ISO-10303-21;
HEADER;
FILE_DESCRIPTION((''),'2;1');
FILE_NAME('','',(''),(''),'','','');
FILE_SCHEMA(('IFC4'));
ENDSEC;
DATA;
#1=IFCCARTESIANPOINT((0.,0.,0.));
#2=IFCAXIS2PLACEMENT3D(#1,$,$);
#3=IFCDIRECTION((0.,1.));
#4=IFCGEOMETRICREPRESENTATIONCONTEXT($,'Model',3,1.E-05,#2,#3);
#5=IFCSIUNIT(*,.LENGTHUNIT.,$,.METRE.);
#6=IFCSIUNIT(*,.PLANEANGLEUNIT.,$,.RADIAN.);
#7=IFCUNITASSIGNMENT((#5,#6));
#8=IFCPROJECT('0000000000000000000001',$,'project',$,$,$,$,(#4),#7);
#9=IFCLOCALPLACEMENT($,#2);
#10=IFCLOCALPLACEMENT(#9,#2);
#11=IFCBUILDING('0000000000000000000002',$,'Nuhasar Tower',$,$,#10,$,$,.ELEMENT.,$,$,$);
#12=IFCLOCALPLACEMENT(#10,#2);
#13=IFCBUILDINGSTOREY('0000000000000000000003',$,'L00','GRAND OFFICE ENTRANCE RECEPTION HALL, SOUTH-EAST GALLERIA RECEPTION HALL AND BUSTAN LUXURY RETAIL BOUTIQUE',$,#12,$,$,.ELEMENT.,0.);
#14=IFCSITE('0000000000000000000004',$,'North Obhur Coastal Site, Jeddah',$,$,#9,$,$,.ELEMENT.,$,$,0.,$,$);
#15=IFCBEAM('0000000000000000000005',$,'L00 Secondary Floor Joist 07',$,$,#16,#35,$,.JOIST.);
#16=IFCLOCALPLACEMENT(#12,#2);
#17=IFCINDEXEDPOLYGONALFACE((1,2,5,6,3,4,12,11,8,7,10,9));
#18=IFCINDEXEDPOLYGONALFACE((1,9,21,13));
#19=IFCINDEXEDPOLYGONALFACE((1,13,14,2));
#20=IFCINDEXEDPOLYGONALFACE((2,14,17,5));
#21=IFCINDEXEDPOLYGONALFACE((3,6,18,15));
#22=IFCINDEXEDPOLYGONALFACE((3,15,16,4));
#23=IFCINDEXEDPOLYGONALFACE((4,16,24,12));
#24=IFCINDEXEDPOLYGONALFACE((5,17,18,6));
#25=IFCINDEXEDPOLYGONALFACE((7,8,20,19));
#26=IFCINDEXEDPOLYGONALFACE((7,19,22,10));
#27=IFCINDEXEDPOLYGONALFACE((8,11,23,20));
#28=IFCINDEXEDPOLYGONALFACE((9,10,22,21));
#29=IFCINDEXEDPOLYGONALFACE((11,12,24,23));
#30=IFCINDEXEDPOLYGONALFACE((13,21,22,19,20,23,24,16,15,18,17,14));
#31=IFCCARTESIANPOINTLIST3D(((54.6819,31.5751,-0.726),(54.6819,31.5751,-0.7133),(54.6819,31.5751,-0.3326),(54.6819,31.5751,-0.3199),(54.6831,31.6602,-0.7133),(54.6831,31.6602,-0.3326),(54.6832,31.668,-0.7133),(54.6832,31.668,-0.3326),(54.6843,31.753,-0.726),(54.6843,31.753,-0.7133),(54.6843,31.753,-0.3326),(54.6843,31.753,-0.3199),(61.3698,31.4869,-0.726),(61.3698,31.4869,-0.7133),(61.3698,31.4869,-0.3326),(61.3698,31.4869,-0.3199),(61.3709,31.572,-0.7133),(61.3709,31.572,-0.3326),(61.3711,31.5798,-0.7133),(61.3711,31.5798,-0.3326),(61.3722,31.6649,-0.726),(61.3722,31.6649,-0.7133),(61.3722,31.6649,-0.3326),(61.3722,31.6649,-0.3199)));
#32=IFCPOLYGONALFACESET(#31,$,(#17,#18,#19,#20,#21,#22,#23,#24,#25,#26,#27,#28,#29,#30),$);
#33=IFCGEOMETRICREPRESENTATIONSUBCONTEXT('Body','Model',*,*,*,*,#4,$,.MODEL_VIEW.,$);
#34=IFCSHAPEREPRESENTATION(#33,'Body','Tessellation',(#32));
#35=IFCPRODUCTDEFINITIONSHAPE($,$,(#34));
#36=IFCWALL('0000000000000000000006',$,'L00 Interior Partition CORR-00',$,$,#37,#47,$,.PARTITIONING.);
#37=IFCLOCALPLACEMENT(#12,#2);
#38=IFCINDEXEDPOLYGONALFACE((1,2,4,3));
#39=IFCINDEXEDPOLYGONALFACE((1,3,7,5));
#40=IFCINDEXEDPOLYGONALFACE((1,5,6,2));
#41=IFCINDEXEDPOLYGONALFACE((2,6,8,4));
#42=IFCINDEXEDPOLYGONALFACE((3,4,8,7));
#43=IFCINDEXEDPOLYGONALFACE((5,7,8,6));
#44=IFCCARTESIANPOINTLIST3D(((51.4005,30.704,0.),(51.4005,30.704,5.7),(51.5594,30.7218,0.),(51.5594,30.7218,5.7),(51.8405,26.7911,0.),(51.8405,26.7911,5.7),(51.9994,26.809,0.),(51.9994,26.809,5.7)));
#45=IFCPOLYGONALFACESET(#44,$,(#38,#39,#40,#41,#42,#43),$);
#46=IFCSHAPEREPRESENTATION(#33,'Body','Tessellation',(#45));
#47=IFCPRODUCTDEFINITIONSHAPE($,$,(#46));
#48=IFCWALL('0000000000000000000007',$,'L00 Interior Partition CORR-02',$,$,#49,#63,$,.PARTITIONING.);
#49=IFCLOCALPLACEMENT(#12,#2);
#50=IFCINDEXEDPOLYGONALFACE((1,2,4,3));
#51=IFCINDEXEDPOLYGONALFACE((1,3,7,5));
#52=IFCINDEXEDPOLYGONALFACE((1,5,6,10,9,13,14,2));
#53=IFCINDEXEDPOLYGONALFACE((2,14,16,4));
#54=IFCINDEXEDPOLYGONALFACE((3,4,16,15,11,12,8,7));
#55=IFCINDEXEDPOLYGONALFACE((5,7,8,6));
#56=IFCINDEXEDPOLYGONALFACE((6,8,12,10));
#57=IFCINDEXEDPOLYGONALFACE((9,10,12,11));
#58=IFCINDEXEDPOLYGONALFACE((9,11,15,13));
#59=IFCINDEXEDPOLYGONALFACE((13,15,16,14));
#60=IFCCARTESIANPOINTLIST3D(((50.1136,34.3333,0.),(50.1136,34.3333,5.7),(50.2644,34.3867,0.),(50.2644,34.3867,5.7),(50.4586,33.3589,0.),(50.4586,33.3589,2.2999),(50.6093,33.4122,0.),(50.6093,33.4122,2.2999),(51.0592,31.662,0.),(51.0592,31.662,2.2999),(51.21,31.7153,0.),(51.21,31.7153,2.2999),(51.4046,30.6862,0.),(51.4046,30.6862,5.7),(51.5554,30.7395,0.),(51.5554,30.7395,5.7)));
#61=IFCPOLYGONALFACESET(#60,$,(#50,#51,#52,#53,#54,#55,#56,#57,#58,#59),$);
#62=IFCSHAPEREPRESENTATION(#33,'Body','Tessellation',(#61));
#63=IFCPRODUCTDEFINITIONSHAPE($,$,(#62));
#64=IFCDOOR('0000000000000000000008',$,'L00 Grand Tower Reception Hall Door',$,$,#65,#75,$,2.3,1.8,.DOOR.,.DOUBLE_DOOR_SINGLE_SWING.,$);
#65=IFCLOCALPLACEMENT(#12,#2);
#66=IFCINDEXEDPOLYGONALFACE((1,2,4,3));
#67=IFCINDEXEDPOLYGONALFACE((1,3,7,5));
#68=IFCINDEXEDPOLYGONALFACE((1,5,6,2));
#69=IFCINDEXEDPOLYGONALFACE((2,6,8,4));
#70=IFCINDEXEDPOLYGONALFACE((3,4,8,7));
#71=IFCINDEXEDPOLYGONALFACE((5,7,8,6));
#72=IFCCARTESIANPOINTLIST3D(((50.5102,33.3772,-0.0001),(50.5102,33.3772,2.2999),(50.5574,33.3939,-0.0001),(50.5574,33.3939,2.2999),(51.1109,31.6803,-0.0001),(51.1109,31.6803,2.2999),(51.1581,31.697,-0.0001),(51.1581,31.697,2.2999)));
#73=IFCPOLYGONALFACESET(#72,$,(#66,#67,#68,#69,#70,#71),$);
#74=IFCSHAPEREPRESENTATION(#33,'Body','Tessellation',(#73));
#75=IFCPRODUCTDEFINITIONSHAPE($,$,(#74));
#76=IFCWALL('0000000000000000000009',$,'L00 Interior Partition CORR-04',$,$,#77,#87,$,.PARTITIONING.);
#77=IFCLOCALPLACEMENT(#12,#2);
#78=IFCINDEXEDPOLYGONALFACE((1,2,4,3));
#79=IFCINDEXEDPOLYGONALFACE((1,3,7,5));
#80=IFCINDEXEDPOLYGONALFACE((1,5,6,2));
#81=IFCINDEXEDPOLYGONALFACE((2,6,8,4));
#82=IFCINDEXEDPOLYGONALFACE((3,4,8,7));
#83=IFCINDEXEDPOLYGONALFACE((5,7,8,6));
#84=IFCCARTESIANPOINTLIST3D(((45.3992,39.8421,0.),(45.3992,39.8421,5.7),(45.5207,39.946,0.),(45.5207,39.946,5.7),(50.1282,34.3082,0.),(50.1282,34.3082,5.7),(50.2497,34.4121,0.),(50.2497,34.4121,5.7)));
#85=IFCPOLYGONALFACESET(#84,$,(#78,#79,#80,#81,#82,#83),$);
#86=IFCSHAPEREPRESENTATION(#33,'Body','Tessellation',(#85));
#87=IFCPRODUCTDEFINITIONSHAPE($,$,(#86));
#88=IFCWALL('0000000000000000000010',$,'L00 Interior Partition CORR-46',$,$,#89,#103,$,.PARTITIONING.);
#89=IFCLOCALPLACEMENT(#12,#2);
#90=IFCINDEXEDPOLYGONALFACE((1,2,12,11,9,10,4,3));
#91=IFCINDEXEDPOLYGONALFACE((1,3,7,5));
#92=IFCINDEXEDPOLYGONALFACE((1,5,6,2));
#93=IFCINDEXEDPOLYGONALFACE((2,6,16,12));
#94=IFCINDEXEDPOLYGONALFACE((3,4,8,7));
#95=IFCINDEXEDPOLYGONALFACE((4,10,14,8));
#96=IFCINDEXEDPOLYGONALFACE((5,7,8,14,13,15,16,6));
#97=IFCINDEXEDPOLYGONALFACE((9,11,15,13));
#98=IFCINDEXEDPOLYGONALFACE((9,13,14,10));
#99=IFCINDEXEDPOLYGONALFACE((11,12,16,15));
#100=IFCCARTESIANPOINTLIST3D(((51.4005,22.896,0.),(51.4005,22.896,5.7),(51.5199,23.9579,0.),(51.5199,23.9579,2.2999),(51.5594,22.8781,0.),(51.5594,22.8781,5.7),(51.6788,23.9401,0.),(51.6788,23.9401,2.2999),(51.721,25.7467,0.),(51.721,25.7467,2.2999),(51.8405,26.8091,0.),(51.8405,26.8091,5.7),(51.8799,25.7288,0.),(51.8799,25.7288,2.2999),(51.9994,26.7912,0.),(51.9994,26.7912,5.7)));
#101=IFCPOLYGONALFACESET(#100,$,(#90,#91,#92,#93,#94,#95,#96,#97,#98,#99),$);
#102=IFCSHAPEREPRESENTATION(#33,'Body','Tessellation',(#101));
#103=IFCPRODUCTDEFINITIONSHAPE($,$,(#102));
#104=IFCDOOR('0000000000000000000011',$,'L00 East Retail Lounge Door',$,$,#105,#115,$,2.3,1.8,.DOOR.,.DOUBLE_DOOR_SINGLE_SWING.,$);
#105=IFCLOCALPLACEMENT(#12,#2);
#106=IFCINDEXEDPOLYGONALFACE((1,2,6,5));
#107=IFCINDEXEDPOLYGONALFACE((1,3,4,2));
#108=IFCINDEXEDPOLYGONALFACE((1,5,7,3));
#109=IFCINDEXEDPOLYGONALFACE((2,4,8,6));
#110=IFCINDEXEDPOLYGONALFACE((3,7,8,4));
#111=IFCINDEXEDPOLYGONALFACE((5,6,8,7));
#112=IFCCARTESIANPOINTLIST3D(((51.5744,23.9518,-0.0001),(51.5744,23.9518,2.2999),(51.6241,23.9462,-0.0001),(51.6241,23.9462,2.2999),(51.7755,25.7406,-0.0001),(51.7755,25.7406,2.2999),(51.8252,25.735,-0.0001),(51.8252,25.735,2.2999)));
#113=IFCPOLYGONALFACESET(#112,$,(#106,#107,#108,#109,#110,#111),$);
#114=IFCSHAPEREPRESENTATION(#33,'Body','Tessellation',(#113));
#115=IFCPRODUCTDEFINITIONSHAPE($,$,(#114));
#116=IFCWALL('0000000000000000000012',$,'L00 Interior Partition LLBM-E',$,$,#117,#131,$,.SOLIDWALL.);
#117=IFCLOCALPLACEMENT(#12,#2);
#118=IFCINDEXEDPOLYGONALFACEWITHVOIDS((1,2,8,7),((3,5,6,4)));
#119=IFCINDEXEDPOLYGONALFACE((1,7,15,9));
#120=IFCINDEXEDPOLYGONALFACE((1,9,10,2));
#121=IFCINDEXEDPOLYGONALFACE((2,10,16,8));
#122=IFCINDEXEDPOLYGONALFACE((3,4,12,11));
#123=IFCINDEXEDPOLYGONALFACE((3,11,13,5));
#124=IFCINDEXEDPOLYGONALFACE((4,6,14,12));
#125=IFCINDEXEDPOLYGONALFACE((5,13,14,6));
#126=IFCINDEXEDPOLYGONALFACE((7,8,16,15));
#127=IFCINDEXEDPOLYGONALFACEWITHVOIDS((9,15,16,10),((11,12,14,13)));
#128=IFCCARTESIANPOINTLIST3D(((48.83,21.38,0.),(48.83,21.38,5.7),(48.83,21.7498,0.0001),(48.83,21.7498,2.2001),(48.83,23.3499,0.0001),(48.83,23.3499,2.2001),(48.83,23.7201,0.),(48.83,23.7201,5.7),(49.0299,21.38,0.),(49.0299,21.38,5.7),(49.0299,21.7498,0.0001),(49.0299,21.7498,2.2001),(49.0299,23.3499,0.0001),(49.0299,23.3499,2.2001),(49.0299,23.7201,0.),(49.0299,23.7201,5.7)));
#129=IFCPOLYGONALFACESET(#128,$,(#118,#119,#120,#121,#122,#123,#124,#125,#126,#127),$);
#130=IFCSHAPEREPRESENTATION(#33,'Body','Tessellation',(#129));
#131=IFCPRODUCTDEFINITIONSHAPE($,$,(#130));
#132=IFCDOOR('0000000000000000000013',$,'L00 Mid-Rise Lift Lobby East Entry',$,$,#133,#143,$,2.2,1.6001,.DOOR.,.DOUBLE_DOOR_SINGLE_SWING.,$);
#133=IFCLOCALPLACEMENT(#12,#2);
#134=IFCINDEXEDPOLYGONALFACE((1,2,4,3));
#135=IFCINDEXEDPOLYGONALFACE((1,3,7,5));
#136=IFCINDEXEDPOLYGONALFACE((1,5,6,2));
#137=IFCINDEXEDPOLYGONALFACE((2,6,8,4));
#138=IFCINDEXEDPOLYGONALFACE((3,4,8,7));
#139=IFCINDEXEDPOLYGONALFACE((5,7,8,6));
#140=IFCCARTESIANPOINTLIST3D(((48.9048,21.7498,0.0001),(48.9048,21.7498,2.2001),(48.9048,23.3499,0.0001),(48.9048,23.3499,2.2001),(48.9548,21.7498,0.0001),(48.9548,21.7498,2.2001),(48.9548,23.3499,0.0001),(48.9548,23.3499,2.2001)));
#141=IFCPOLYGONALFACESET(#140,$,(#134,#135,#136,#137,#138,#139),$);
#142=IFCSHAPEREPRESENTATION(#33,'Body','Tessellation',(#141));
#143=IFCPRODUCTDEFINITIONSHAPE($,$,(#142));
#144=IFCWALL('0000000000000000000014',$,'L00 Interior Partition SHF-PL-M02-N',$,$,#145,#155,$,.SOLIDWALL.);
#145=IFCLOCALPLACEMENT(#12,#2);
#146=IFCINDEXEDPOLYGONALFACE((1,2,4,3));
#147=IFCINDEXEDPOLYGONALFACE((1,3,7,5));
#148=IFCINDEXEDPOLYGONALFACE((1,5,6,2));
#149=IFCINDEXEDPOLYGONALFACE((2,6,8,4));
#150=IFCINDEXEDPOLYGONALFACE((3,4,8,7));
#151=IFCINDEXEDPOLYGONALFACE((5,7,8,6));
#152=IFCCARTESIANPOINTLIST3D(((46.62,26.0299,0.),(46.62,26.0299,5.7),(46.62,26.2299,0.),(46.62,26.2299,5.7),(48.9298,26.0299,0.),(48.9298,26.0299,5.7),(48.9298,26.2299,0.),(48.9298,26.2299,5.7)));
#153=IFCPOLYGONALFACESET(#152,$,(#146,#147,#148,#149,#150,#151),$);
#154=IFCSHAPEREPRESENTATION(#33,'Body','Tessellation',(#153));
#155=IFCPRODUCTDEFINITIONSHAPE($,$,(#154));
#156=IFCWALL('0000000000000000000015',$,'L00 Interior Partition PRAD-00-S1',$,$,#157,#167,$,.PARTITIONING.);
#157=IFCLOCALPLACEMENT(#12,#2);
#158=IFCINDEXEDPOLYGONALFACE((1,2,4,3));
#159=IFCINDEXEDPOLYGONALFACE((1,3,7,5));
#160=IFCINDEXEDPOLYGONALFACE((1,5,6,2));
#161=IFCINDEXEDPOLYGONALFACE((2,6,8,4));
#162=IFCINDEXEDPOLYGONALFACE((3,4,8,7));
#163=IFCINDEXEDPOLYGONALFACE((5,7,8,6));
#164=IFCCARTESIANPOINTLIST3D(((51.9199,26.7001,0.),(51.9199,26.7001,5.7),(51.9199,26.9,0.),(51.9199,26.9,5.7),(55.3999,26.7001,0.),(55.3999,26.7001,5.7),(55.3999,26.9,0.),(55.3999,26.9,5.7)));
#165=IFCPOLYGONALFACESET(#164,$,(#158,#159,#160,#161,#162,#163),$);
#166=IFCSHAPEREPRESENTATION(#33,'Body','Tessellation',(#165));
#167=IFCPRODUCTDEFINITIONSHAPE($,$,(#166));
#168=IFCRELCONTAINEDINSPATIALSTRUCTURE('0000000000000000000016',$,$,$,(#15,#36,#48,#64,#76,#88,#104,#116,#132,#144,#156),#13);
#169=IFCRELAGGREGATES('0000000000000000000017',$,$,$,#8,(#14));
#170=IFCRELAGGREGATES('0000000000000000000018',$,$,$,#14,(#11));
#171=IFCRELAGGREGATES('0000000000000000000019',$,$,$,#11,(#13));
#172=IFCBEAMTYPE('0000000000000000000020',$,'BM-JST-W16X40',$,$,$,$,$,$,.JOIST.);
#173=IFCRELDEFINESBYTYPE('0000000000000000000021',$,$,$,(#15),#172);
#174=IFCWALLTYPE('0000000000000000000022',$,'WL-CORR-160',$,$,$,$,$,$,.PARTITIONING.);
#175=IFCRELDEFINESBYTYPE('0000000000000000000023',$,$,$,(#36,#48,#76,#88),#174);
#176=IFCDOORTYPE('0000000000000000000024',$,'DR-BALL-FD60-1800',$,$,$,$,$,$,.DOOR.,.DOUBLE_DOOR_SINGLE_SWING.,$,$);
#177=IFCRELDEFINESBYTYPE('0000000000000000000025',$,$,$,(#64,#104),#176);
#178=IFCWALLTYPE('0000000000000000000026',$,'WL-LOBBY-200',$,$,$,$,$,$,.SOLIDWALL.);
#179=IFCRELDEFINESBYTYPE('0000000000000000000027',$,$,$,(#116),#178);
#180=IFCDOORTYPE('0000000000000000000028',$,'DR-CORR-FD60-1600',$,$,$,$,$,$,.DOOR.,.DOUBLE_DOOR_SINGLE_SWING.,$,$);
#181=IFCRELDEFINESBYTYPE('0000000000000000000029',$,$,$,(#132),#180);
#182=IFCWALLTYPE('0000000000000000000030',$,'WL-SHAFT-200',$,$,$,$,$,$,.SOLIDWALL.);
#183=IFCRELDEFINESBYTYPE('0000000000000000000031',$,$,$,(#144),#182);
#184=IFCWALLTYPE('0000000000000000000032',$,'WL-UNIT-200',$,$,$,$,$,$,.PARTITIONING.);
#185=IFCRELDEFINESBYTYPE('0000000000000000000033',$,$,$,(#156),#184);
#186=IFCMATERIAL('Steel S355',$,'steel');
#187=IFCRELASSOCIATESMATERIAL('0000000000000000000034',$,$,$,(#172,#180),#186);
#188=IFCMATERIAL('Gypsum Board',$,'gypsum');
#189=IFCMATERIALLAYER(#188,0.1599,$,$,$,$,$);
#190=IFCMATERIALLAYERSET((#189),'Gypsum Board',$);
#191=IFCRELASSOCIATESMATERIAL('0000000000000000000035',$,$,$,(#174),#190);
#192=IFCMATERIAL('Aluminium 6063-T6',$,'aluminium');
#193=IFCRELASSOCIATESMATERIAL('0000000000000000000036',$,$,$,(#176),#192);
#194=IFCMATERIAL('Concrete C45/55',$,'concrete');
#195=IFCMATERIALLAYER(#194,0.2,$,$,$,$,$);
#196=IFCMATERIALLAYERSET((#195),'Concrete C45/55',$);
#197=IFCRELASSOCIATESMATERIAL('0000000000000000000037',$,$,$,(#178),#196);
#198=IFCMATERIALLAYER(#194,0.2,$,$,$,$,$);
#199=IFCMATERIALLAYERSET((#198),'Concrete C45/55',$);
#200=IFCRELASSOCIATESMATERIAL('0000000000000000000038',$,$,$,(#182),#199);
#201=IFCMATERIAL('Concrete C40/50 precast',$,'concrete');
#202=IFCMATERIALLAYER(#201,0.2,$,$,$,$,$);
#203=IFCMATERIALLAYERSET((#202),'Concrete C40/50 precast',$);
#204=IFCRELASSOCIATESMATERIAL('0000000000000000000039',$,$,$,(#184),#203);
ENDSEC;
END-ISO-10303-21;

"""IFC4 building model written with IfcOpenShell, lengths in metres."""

from ifc_helpers import new_model, si_unit, direction, frame, frame_2d, origin, origin_2d, place, context, subcontext, project, spatial, rectangle, i_section, extrude, material, layer, layer_set, material_profile, profile_set, type_object, element, fill, save


model = new_model("IFC4")

# Units and contexts
model_context = context("Model", 3, precision=1e-05, world=origin(), true_north=direction((0.0, 1.0)))
body_context = subcontext(model_context, "Body", "Model", "MODEL_VIEW")
ifc_project = project(units=[si_unit("LENGTHUNIT", "METRE"), si_unit("PLANEANGLEUNIT", "RADIAN")], contexts=[model_context])

# Site, building, storey
site_placement = place(None, origin())
site = spatial("IfcSite", under=ifc_project, at=site_placement, Name="North Obhur Coastal Site, Jeddah", CompositionType="ELEMENT", RefElevation=0.0)
building_placement = place(site_placement, origin())
building = spatial("IfcBuilding", under=site, at=building_placement, Name="Nuhasar Tower", CompositionType="ELEMENT")
storey_placement = place(building_placement, origin())
storey = spatial("IfcBuildingStorey", under=building, at=storey_placement, Name="L00", Description="GRAND OFFICE ENTRANCE RECEPTION HALL, SOUTH-EAST GALLERIA RECEPTION HALL AND BUSTAN LUXURY RETAIL BOUTIQUE", CompositionType="ELEMENT", Elevation=0.0)

# Beam
ifc_material_1 = material(Name="Steel S355", Category="steel")
ifc_material_profile = material_profile(ifc_material_1, i_section(OverallWidth=0.178, OverallDepth=0.406, WebThickness=0.0078, FlangeThickness=0.0127, at=origin_2d()), Name="W16X40")
ifc_profile_set = profile_set([ifc_material_profile], Name="Steel S355")
beam_type = type_object("IfcBeamType", Name="BM-JST-W16X40", PredefinedType="JOIST", material=ifc_profile_set)
beam_placement = place(storey_placement, frame((54.6831, 31.6641, -0.5229), z_axis=(0.999913, -0.013177, 0.0), x_axis=(0.013177, 0.999913, 0.0)))
element("IfcBeam", 1, at=beam_placement, inside=storey, type_object=beam_type, Name="L00 Secondary Floor Joist 07", PredefinedType="JOIST", context=body_context, shape_type="SweptSolid", body=[
    extrude(i_section(OverallWidth=0.178, OverallDepth=0.406, WebThickness=0.0078, FlangeThickness=0.0127, at=origin_2d()), origin(), (0.0, 0.0, 1.0), 6.6885),
])

# Wall
ifc_material_2 = material(Name="Gypsum Board", Category="gypsum")
ifc_layer_1 = layer(ifc_material_2, 0.1599)
ifc_layer_set_1 = layer_set([ifc_layer_1], Name="Gypsum Board")
wall_type_1 = type_object("IfcWallType", Name="WL-CORR-160", PredefinedType="PARTITIONING", material=ifc_layer_set_1)
wall_1_placement = place(storey_placement, frame((51.9199, 26.8, 0.0), z_axis=(0.0, 0.0, 1.0), x_axis=(-0.111731, 0.993738, 0.0)))
element("IfcWall", 2, at=wall_1_placement, inside=storey, type_object=wall_type_1, Name="L00 Interior Partition CORR-00", PredefinedType="PARTITIONING", context=body_context, shape_type="SweptSolid", body=[
    extrude(rectangle(XDim=3.9375, YDim=0.1599, at=frame_2d((1.9688, 0.0))), origin(), (0.0, 0.0, 1.0), 5.7),
])

# Wall, opening, door
wall_2_placement = place(storey_placement, frame((50.189, 34.3601, 0.0), z_axis=(0.0, 0.0, 1.0), x_axis=(0.333685, -0.942685, 0.0)))
wall_2 = element("IfcWall", 3, at=wall_2_placement, inside=storey, type_object=wall_type_1, Name="L00 Interior Partition CORR-02", PredefinedType="PARTITIONING", context=body_context, shape_type="SweptSolid", body=[
    extrude(rectangle(XDim=3.8689, YDim=0.1599, at=frame_2d((1.9346, 0.0))), origin(), (0.0, 0.0, 1.0), 5.7),
])
opening_1_placement = place(wall_2_placement, frame((1.0339, 0.0, 0.0)))
opening_1 = element("IfcOpeningElement", 4, at=opening_1_placement, cuts=wall_2, PredefinedType="OPENING", context=body_context, shape_type="SweptSolid", body=[
    extrude(rectangle(XDim=1.8, YDim=2.3, at=frame_2d((0.8999, 1.1499))), frame((0.0, 0.0898, 0.0), z_axis=(0.0, -1.0, 0.0), x_axis=(1.0, 0.0, 0.0)), (0.0, 0.0, 1.0), 0.1799),
])
ifc_material_3 = material(Name="Aluminium 6063-T6", Category="aluminium")
door_type_1 = type_object("IfcDoorType", Name="DR-BALL-FD60-1800", OperationType="DOUBLE_DOOR_SINGLE_SWING", PredefinedType="DOOR", material=ifc_material_3)
door_1_placement = place(opening_1_placement, origin())
door_1 = element("IfcDoor", 5, at=door_1_placement, inside=storey, type_object=door_type_1, Name="L00 Grand Tower Reception Hall Door", OperationType="DOUBLE_DOOR_SINGLE_SWING", OverallHeight=2.3, OverallWidth=1.8, PredefinedType="DOOR", context=body_context, shape_type="SweptSolid", body=[
    extrude(rectangle(XDim=1.8, YDim=2.3, at=frame_2d((0.8999, 1.1499))), frame((0.0, 0.0249, 0.0), z_axis=(0.0, -1.0, 0.0), x_axis=(1.0, 0.0, 0.0)), (0.0, 0.0, 1.0), 0.05),
])
fill(opening_1, door_1)

# Wall
wall_3_placement = place(storey_placement, frame((50.189, 34.3601, 0.0), z_axis=(0.0, 0.0, 1.0), x_axis=(-0.649653, 0.760231, 0.0)))
element("IfcWall", 6, at=wall_3_placement, inside=storey, type_object=wall_type_1, Name="L00 Interior Partition CORR-04", PredefinedType="PARTITIONING", context=body_context, shape_type="SweptSolid", body=[
    extrude(rectangle(XDim=7.2793, YDim=0.1599, at=frame_2d((3.6396, 0.0))), origin(), (0.0, 0.0, 1.0), 5.7),
])

# Walls, openings, doors
wall_4_placement = place(storey_placement, frame((51.9199, 26.8, 0.0), z_axis=(0.0, 0.0, 1.0), x_axis=(-0.111724, -0.993739, 0.0)))
wall_4 = element("IfcWall", 7, at=wall_4_placement, inside=storey, type_object=wall_type_1, Name="L00 Interior Partition CORR-46", PredefinedType="PARTITIONING", context=body_context, shape_type="SweptSolid", body=[
    extrude(rectangle(XDim=3.9377, YDim=0.1599, at=frame_2d((1.9688, 0.0))), origin(), (0.0, 0.0, 1.0), 5.7),
])
opening_2_placement = place(wall_4_placement, frame((1.0691, 0.0, 0.0)))
opening_2 = element("IfcOpeningElement", 8, at=opening_2_placement, cuts=wall_4, PredefinedType="OPENING", context=body_context, shape_type="SweptSolid", body=[
    extrude(rectangle(XDim=1.8, YDim=2.3, at=frame_2d((0.8999, 1.1499))), frame((0.0, 0.0898, 0.0), z_axis=(0.0, -1.0, 0.0), x_axis=(1.0, 0.0, 0.0)), (0.0, 0.0, 1.0), 0.1799),
])
door_2_placement = place(opening_2_placement, origin())
door_2 = element("IfcDoor", 9, at=door_2_placement, inside=storey, type_object=door_type_1, Name="L00 East Retail Lounge Door", OperationType="DOUBLE_DOOR_SINGLE_SWING", OverallHeight=2.3, OverallWidth=1.8, PredefinedType="DOOR", context=body_context, shape_type="SweptSolid", body=[
    extrude(rectangle(XDim=1.8, YDim=2.3, at=frame_2d((0.8999, 1.1499))), frame((0.0, 0.0249, 0.0), z_axis=(0.0, -1.0, 0.0), x_axis=(1.0, 0.0, 0.0)), (0.0, 0.0, 1.0), 0.05),
])
fill(opening_2, door_2)
ifc_material_4 = material(Name="Concrete C45/55", Category="concrete")
ifc_layer_2 = layer(ifc_material_4, 0.2)
ifc_layer_set_2 = layer_set([ifc_layer_2], Name="Concrete C45/55")
wall_type_2 = type_object("IfcWallType", Name="WL-LOBBY-200", PredefinedType="SOLIDWALL", material=ifc_layer_set_2)
wall_5_placement = place(storey_placement, frame((48.9299, 23.72, 0.0), z_axis=(0.0, 0.0, 1.0), x_axis=(0.0, -1.0, 0.0)))
wall_5 = element("IfcWall", 10, at=wall_5_placement, inside=storey, type_object=wall_type_2, Name="L00 Interior Partition LLBM-E", PredefinedType="SOLIDWALL", context=body_context, shape_type="SweptSolid", body=[
    extrude(rectangle(XDim=2.3401, YDim=0.2, at=frame_2d((1.1699, 0.0))), origin(), (0.0, 0.0, 1.0), 5.7),
])
opening_3_placement = place(wall_5_placement, frame((0.3701, 0.0, 0.0)))
opening_3 = element("IfcOpeningElement", 11, at=opening_3_placement, cuts=wall_5, PredefinedType="OPENING", context=body_context, shape_type="SweptSolid", body=[
    extrude(rectangle(XDim=1.6001, YDim=2.2, at=frame_2d((0.8, 1.1001))), frame((0.0, 0.1099, 0.0), z_axis=(0.0, -1.0, 0.0), x_axis=(1.0, 0.0, 0.0)), (0.0, 0.0, 1.0), 0.22),
])
door_type_2 = type_object("IfcDoorType", Name="DR-CORR-FD60-1600", OperationType="DOUBLE_DOOR_SINGLE_SWING", PredefinedType="DOOR", material=ifc_material_1)
door_3_placement = place(opening_3_placement, origin())
door_3 = element("IfcDoor", 12, at=door_3_placement, inside=storey, type_object=door_type_2, Name="L00 Mid-Rise Lift Lobby East Entry", OperationType="DOUBLE_DOOR_SINGLE_SWING", OverallHeight=2.2, OverallWidth=1.6001, PredefinedType="DOOR", context=body_context, shape_type="SweptSolid", body=[
    extrude(rectangle(XDim=1.6001, YDim=2.2, at=frame_2d((0.8, 1.1001))), frame((0.0, 0.0249, 0.0), z_axis=(0.0, -1.0, 0.0), x_axis=(1.0, 0.0, 0.0)), (0.0, 0.0, 1.0), 0.05),
])
fill(opening_3, door_3)

# Walls
ifc_layer_3 = layer(ifc_material_4, 0.2)
ifc_layer_set_3 = layer_set([ifc_layer_3], Name="Concrete C45/55")
wall_type_3 = type_object("IfcWallType", Name="WL-SHAFT-200", PredefinedType="SOLIDWALL", material=ifc_layer_set_3)
wall_6_placement = place(storey_placement, frame((46.6201, 26.1299, 0.0), z_axis=(0.0, 0.0, 1.0), x_axis=(1.0, 0.0, 0.0)))
element("IfcWall", 13, at=wall_6_placement, inside=storey, type_object=wall_type_3, Name="L00 Interior Partition SHF-PL-M02-N", PredefinedType="SOLIDWALL", context=body_context, shape_type="SweptSolid", body=[
    extrude(rectangle(XDim=2.3098, YDim=0.2, at=frame_2d((1.1548, 0.0))), origin(), (0.0, 0.0, 1.0), 5.7),
])
ifc_material_5 = material(Name="Concrete C40/50 precast", Category="concrete")
ifc_layer_4 = layer(ifc_material_5, 0.2)
ifc_layer_set_4 = layer_set([ifc_layer_4], Name="Concrete C40/50 precast")
wall_type_4 = type_object("IfcWallType", Name="WL-UNIT-200", PredefinedType="PARTITIONING", material=ifc_layer_set_4)
wall_7_placement = place(storey_placement, frame((51.9199, 26.8, 0.0), z_axis=(0.0, 0.0, 1.0), x_axis=(1.0, 0.0, 0.0)))
element("IfcWall", 14, at=wall_7_placement, inside=storey, type_object=wall_type_4, Name="L00 Interior Partition PRAD-00-S1", PredefinedType="PARTITIONING", context=body_context, shape_type="SweptSolid", body=[
    extrude(rectangle(XDim=3.48, YDim=0.2, at=frame_2d((1.74, 0.0))), origin(), (0.0, 0.0, 1.0), 5.7),
])

save(model, "model.ifc")
